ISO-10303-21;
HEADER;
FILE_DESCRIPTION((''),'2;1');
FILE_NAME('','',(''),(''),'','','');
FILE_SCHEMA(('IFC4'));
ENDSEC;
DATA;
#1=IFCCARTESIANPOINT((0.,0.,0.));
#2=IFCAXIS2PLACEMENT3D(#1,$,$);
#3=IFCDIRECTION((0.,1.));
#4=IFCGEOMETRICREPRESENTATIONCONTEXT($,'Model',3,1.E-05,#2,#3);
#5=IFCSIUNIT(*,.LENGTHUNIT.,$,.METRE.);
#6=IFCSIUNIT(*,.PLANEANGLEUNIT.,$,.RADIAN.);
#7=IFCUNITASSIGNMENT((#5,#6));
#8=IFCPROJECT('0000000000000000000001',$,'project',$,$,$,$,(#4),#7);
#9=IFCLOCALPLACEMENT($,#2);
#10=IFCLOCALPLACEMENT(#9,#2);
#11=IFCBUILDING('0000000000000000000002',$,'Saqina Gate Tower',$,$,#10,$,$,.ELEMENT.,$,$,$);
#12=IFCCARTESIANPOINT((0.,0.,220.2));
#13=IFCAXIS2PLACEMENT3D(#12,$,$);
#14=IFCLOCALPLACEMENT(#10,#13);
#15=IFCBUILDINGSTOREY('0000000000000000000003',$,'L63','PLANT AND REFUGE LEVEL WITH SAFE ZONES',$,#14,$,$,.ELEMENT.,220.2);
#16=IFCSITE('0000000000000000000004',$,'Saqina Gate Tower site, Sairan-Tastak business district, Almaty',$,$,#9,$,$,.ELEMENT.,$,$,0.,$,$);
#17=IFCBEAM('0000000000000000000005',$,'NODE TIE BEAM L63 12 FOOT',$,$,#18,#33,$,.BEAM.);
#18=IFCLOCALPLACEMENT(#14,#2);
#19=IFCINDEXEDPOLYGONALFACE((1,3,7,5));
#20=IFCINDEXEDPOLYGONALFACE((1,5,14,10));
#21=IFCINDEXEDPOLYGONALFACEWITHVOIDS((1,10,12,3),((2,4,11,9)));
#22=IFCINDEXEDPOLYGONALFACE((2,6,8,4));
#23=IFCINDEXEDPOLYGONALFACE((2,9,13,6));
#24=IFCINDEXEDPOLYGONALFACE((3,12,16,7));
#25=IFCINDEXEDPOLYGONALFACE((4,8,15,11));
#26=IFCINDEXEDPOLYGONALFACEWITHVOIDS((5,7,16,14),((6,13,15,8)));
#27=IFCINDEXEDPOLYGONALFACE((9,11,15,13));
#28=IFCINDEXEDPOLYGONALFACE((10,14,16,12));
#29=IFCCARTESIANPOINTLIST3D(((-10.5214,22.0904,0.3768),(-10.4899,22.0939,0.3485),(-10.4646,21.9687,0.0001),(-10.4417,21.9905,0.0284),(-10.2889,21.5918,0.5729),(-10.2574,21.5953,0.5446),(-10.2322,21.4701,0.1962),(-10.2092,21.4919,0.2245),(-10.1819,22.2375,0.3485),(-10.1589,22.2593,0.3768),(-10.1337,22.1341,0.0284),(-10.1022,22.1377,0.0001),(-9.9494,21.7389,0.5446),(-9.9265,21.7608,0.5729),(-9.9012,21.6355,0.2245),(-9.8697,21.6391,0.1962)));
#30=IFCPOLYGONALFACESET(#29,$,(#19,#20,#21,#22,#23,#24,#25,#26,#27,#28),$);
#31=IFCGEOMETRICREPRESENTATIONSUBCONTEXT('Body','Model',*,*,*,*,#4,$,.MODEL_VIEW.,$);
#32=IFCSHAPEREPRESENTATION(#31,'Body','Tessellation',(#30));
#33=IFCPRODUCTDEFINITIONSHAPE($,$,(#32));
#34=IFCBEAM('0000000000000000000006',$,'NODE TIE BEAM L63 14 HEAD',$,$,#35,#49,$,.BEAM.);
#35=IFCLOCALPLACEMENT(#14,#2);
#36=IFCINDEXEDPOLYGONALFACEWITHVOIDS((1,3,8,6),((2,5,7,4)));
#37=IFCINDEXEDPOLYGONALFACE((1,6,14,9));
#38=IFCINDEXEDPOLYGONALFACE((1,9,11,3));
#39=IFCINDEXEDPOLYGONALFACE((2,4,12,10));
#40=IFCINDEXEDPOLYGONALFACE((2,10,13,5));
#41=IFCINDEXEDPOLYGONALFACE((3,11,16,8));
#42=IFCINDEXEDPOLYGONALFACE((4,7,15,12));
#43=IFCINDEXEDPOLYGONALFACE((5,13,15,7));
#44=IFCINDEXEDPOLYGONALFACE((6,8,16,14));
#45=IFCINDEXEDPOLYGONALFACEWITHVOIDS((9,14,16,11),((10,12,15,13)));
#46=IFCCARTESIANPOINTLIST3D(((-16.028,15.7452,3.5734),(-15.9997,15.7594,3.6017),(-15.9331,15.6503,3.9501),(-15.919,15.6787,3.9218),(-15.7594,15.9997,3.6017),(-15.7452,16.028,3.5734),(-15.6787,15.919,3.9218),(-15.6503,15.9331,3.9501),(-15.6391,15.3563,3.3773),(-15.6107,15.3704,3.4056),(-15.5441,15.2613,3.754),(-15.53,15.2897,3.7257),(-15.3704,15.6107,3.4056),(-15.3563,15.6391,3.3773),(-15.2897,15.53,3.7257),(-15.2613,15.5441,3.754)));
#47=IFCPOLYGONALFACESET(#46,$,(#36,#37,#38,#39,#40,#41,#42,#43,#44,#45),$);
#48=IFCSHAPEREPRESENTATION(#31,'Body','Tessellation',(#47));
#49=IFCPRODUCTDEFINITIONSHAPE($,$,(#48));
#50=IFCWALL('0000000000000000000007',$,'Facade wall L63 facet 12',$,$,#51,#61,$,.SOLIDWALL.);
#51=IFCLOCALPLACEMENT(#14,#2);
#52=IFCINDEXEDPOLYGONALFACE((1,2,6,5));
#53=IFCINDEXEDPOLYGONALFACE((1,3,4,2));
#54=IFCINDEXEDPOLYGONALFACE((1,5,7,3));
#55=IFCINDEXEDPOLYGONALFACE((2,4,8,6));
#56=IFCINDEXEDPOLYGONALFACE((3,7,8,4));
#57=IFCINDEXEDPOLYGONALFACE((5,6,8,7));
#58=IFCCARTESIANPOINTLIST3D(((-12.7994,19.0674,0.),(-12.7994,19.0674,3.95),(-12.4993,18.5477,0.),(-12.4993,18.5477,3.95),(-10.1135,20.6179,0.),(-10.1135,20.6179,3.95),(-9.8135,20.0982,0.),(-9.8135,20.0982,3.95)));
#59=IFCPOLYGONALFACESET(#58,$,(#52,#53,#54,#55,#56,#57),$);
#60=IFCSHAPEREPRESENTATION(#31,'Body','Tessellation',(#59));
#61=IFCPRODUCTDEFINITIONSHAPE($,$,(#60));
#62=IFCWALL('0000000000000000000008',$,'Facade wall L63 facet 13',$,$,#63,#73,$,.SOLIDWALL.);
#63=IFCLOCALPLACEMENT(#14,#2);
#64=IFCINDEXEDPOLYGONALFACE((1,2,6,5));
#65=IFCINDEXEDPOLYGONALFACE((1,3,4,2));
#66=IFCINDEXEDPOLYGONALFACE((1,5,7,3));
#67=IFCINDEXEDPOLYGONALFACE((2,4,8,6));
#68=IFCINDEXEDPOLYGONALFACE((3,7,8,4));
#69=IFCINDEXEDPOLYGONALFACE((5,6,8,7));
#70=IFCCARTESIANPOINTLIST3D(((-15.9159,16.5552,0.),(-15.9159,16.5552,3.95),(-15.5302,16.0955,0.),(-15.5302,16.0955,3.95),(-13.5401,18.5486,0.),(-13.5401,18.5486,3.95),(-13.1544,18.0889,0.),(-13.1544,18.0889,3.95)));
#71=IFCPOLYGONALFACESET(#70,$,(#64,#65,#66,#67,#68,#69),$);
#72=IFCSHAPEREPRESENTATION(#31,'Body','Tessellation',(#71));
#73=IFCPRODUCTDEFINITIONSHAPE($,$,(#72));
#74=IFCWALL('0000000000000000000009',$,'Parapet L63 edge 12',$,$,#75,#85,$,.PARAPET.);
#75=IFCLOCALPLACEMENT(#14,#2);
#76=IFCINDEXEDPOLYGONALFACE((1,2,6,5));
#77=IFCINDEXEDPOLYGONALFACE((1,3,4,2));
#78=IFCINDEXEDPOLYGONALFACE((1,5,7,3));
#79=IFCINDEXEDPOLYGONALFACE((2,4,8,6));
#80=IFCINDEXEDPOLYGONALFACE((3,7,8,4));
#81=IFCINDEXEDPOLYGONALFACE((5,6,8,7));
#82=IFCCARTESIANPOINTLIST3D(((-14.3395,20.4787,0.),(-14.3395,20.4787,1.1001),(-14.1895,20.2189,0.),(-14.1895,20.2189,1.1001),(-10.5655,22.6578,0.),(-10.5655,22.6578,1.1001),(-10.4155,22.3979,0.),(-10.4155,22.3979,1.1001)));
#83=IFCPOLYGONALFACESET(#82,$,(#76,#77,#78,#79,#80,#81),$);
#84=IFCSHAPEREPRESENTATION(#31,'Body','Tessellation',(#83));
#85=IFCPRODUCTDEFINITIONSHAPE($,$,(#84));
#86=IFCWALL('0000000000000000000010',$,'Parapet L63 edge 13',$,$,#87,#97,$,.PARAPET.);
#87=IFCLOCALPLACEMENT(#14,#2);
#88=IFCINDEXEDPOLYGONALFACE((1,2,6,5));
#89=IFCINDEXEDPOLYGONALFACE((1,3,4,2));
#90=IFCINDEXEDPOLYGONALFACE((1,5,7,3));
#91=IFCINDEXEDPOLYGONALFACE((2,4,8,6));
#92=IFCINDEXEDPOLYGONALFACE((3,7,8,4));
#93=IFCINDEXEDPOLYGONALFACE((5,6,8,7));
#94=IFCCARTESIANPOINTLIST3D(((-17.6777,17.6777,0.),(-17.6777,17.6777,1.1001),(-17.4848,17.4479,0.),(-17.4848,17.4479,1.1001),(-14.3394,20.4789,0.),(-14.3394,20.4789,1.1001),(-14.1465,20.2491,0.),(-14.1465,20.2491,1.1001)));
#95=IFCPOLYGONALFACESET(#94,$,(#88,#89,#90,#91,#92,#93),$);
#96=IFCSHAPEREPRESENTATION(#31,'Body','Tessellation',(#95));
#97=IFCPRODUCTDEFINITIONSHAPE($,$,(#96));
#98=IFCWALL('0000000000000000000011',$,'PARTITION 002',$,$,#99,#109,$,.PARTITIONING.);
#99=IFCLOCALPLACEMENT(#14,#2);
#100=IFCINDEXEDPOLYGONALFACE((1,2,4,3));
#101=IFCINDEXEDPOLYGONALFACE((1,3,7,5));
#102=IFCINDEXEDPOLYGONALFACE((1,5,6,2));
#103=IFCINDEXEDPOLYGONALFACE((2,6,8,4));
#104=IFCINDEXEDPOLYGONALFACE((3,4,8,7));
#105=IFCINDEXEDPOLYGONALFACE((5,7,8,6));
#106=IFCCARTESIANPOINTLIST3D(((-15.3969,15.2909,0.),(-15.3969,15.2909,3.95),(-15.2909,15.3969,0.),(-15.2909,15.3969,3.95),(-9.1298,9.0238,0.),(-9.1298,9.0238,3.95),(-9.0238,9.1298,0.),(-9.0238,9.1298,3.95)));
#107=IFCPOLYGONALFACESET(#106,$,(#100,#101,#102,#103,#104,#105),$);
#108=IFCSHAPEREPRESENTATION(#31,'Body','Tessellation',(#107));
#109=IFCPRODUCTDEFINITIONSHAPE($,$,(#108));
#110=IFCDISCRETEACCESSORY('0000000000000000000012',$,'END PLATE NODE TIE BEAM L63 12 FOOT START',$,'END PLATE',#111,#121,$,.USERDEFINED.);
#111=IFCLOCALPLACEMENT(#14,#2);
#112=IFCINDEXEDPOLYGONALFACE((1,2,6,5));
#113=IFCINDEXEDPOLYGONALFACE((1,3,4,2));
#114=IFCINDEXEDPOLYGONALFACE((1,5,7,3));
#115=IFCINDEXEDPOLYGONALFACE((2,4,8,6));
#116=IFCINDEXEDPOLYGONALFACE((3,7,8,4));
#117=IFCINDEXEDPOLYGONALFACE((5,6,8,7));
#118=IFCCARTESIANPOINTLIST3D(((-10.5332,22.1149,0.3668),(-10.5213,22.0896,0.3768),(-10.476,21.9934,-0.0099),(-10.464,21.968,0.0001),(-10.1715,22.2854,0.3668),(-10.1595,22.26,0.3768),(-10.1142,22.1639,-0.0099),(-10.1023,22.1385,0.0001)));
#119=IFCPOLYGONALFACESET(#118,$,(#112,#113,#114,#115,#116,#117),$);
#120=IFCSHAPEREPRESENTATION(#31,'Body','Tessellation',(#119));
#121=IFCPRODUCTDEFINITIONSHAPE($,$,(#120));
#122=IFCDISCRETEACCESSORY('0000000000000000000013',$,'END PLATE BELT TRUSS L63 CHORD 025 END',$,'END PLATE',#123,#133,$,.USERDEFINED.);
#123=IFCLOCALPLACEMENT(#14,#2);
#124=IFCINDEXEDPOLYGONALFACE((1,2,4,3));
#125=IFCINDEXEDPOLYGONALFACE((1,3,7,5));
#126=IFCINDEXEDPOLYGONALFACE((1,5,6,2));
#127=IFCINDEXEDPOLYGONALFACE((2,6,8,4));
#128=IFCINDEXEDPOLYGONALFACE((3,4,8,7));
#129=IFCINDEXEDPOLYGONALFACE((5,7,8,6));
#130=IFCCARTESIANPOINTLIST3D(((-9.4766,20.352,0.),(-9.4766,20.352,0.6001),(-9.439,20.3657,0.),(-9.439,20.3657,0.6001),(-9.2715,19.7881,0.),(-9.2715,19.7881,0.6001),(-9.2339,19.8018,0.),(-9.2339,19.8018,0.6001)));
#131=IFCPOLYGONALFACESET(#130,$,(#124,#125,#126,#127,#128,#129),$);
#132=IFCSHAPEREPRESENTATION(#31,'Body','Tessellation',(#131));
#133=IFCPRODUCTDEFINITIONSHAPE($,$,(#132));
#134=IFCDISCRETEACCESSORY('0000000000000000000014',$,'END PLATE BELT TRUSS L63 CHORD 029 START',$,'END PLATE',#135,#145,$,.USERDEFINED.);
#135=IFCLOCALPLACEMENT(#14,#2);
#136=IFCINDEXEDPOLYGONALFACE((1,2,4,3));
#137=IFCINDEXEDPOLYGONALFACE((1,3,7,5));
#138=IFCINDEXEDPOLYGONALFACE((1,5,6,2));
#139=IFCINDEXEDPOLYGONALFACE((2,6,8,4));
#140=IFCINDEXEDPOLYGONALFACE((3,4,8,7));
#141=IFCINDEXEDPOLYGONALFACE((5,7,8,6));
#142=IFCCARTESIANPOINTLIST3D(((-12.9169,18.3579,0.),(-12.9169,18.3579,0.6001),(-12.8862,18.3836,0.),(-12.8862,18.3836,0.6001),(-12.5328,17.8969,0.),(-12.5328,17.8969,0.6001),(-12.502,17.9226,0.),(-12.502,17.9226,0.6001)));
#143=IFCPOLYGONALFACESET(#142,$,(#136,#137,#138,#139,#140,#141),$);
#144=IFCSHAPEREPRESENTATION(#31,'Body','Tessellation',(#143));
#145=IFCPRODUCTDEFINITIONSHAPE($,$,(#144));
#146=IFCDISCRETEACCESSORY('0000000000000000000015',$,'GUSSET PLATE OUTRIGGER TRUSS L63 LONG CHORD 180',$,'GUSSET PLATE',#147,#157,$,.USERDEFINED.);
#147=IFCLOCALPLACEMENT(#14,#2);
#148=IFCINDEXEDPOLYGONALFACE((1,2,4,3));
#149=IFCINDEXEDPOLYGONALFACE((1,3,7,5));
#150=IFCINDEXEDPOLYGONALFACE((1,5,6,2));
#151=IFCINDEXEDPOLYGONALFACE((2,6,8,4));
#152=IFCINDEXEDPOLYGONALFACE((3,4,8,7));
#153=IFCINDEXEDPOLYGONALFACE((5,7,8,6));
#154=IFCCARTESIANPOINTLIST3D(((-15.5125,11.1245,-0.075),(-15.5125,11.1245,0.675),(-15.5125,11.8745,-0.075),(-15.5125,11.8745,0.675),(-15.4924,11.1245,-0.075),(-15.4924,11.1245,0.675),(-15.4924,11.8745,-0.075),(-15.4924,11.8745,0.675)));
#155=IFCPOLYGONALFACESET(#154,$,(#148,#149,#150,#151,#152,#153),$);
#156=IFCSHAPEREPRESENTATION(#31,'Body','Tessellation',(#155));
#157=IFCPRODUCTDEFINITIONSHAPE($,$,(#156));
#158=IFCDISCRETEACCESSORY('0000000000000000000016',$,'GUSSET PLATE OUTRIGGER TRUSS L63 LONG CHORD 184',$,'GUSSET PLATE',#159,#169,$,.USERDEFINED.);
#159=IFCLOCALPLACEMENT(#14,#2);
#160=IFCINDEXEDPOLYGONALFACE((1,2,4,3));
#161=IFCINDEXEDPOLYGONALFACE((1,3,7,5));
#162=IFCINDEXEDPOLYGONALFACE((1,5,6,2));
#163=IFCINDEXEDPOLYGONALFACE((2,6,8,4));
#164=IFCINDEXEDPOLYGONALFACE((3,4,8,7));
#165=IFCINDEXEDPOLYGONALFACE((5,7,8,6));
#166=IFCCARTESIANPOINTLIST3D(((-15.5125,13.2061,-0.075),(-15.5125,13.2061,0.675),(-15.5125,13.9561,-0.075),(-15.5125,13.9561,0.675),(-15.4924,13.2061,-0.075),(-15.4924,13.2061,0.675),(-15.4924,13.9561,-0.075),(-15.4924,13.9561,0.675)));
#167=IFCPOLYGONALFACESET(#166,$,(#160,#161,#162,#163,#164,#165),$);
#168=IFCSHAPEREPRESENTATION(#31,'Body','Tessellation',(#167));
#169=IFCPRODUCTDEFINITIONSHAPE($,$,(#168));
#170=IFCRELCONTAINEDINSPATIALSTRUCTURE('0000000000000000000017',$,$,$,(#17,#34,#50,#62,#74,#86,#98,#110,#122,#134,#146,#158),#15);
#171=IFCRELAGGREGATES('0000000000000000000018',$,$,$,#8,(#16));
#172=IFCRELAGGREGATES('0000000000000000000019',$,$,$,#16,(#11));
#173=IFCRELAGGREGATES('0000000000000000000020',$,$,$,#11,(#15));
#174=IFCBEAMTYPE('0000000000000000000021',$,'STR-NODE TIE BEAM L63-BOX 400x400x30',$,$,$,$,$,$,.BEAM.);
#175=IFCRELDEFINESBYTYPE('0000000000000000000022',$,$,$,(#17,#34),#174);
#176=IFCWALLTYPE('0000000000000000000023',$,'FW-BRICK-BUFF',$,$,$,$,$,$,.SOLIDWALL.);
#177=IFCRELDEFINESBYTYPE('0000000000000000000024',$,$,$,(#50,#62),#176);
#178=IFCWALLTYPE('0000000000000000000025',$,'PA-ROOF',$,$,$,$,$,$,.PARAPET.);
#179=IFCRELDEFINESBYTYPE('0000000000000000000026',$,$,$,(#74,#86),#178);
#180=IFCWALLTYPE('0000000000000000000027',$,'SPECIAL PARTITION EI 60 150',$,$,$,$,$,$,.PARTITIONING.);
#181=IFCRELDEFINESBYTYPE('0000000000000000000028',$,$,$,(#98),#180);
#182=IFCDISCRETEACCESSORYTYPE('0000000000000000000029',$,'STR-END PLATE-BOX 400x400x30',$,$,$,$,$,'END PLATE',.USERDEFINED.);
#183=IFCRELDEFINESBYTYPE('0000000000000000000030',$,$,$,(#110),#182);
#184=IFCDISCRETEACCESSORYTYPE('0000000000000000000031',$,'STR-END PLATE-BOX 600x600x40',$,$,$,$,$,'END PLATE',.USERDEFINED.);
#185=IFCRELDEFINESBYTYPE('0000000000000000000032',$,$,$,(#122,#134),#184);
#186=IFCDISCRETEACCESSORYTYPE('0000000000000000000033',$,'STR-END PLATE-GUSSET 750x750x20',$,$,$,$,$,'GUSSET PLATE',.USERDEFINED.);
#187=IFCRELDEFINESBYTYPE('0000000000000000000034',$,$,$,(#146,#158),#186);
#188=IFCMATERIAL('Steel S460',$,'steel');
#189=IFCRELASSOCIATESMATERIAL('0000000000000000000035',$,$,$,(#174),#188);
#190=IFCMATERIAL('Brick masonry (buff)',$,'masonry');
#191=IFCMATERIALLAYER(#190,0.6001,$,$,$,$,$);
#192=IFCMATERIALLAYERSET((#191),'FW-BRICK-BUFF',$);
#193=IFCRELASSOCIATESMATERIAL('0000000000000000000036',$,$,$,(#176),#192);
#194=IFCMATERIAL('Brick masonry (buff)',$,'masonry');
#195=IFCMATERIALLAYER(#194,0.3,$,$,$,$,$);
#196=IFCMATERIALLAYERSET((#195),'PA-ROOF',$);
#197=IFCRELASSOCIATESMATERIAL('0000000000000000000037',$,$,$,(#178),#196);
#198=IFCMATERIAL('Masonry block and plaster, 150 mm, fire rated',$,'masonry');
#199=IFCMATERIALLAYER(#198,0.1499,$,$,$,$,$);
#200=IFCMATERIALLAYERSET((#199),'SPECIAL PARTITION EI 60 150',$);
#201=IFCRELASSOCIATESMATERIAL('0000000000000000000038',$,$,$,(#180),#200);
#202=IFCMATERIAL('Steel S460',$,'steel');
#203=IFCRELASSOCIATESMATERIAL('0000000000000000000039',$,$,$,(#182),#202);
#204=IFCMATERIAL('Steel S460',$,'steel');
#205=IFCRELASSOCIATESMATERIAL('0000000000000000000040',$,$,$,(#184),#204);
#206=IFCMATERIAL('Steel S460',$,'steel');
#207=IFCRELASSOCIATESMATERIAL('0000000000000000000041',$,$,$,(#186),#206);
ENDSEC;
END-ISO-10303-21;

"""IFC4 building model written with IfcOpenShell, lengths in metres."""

from ifc_helpers import new_model, si_unit, direction, frame, frame_2d, origin, origin_2d, place, context, subcontext, project, spatial, rectangle, hollow_rectangle, extrude, material, layer, layer_set, material_profile, profile_set, type_object, element, save


model = new_model("IFC4")

# Units and contexts
model_context = context("Model", 3, precision=1e-05, world=origin(), true_north=direction((0.0, 1.0)))
body_context = subcontext(model_context, "Body", "Model", "MODEL_VIEW")
ifc_project = project(units=[si_unit("LENGTHUNIT", "METRE"), si_unit("PLANEANGLEUNIT", "RADIAN")], contexts=[model_context])

# Site, building, storey
site_placement = place(None, origin())
site = spatial("IfcSite", under=ifc_project, at=site_placement, Name="Saqina Gate Tower site, Sairan-Tastak business district, Almaty", CompositionType="ELEMENT", RefElevation=0.0)
building_placement = place(site_placement, origin())
building = spatial("IfcBuilding", under=site, at=building_placement, Name="Saqina Gate Tower", CompositionType="ELEMENT")
storey_placement = place(building_placement, frame((0.0, 0.0, 220.2)))
storey = spatial("IfcBuildingStorey", under=building, at=storey_placement, Name="L63", Description="PLANT AND REFUGE LEVEL WITH SAFE ZONES", CompositionType="ELEMENT", Elevation=220.2)

# Beams
ifc_material_1 = material(Name="Steel S460", Category="steel")
ifc_material_profile_1 = material_profile(ifc_material_1, hollow_rectangle(XDim=0.3999, YDim=0.3999, WallThickness=0.03, at=origin_2d()), Name="BOX 400x400x30")
ifc_profile_set_1 = profile_set([ifc_material_profile_1], Name="Steel S460")
beam_type = type_object("IfcBeamType", Name="STR-NODE TIE BEAM L63-BOX 400x400x30", PredefinedType="BEAM", material=ifc_profile_set_1)
for number, where, z_axis, x_axis, name in (
    (1, (-10.3118, 22.114, 0.1885), (0.398021, -0.853738, 0.335725), (0.906342, 0.422545, 0.0), "NODE TIE BEAM L63 12 FOOT"),
    (2, (-15.4502, 15.4502, 3.5657), (-0.666061, 0.666061, 0.335748), (-0.707107, -0.707107, 0.0), "NODE TIE BEAM L63 14 HEAD"),
):
    element("IfcBeam", number, at=place(storey_placement, frame(where, z_axis=z_axis, x_axis=x_axis)), inside=storey, type_object=beam_type, Name=name, PredefinedType="BEAM", context=body_context, shape_type="SweptSolid", body=[
        extrude(hollow_rectangle(XDim=0.3999, YDim=0.3999, WallThickness=0.03, at=origin_2d()), origin(), (0.0, 0.0, 1.0), 0.584),
    ])

# Walls
ifc_material_2 = material(Name="Brick masonry (buff)", Category="masonry")
ifc_layer_1 = layer(ifc_material_2, 0.6001)
ifc_layer_set_1 = layer_set([ifc_layer_1], Name="FW-BRICK-BUFF")
wall_type_1 = type_object("IfcWallType", Name="FW-BRICK-BUFF", PredefinedType="SOLIDWALL", material=ifc_layer_set_1)
for number, where, z_axis, x_axis, name in (
    (3, (-9.9634, 20.3582, 0.0), (0.0, 0.0, 1.0), (-0.86604, -0.499975, 0.0), "Facade wall L63 facet 12"),
    (4, (-13.3472, 18.3188, 0.0), (0.0, 0.0, 1.0), (-0.766055, -0.642775, 0.0), "Facade wall L63 facet 13"),
):
    element("IfcWall", number, at=place(storey_placement, frame(where, z_axis=z_axis, x_axis=x_axis)), inside=storey, type_object=wall_type_1, Name=name, PredefinedType="SOLIDWALL", context=body_context, shape_type="SweptSolid", body=[
        extrude(rectangle(XDim=3.1013, YDim=0.6001, at=frame_2d((1.5508, 0.0))), origin(), (0.0, 0.0, 1.0), 3.95),
    ])
ifc_material_3 = material(Name="Brick masonry (buff)", Category="masonry")
ifc_layer_2 = layer(ifc_material_3, 0.3)
ifc_layer_set_2 = layer_set([ifc_layer_2], Name="PA-ROOF")
wall_type_2 = type_object("IfcWallType", Name="PA-ROOF", PredefinedType="PARAPET", material=ifc_layer_set_2)
for number, where, z_axis, x_axis, name in (
    (5, (-10.4905, 22.5278, 0.0), (0.0, 0.0, 1.0), (-0.866018, -0.500013, 0.0), "Parapet L63 edge 12"),
    (6, (-14.2429, 20.364, 0.0), (0.0, 0.0, 1.0), (-0.76604, -0.642793, 0.0), "Parapet L63 edge 13"),
):
    element("IfcWall", number, at=place(storey_placement, frame(where, z_axis=z_axis, x_axis=x_axis)), inside=storey, type_object=wall_type_2, Name=name, PredefinedType="PARAPET", context=body_context, shape_type="SweptSolid", body=[
        extrude(rectangle(XDim=4.3579, YDim=0.3, at=frame_2d((2.179, 0.0))), origin(), (0.0, 0.0, 1.0), 1.1001),
    ])
ifc_material_4 = material(Name="Masonry block and plaster, 150 mm, fire rated", Category="masonry")
ifc_layer_3 = layer(ifc_material_4, 0.1499)
ifc_layer_set_3 = layer_set([ifc_layer_3], Name="SPECIAL PARTITION EI 60 150")
wall_type_3 = type_object("IfcWallType", Name="SPECIAL PARTITION EI 60 150", PredefinedType="PARTITIONING", material=ifc_layer_set_3)
wall_placement = place(storey_placement, frame((-15.344, 15.344, 0.0), z_axis=(0.0, 0.0, 1.0), x_axis=(0.707107, -0.707107, 0.0)))
element("IfcWall", 7, at=wall_placement, inside=storey, type_object=wall_type_3, Name="PARTITION 002", PredefinedType="PARTITIONING", context=body_context, shape_type="SweptSolid", body=[
    extrude(rectangle(XDim=8.863, YDim=0.1499, at=frame_2d((4.4316, 0.0))), origin(), (0.0, 0.0, 1.0), 3.95),
])

# Discrete accessories
ifc_material_5 = material(Name="Steel S460", Category="steel")
ifc_material_profile_2 = material_profile(ifc_material_5, rectangle(XDim=0.3999, YDim=0.3999, at=origin_2d()), Name="STR-END PLATE-BOX 400x400x30")
ifc_profile_set_2 = profile_set([ifc_material_profile_2], Name="Steel S460")
discrete_accessory_type_1 = type_object("IfcDiscreteAccessoryType", Name="STR-END PLATE-BOX 400x400x30", ElementType="END PLATE", PredefinedType="USERDEFINED", material=ifc_profile_set_2)
discrete_accessory_placement = place(storey_placement, frame((-10.3118, 22.114, 0.1885), z_axis=(-0.401451, 0.852058, -0.335908), x_axis=(0.904621, 0.426216, 0.000001)))
element("IfcDiscreteAccessory", 8, at=discrete_accessory_placement, inside=storey, type_object=discrete_accessory_type_1, Name="END PLATE NODE TIE BEAM L63 12 FOOT START", ObjectType="END PLATE", PredefinedType="USERDEFINED", context=body_context, shape_type="SweptSolid", body=[
    extrude(rectangle(XDim=0.3999, YDim=0.3999, at=origin_2d()), origin(), (0.0, 0.0, 1.0), 0.0298),
])
ifc_material_6 = material(Name="Steel S460", Category="steel")
ifc_material_profile_3 = material_profile(ifc_material_6, rectangle(XDim=0.6001, YDim=0.6001, at=origin_2d()), Name="STR-END PLATE-BOX 600x600x40")
ifc_profile_set_3 = profile_set([ifc_material_profile_3], Name="Steel S460")
discrete_accessory_type_2 = type_object("IfcDiscreteAccessoryType", Name="STR-END PLATE-BOX 600x600x40", ElementType="END PLATE", PredefinedType="USERDEFINED", material=ifc_profile_set_3)
for number, where, z_axis, x_axis, name in (
    (9, (-9.3364, 20.0837, 0.3), (-0.939793, -0.341743, 0.0), (0.341743, -0.939793, 0.0), "END PLATE BELT TRUSS L63 CHORD 025 END"),
    (10, (-12.7249, 18.1274, 0.3), (0.768221, 0.640184, 0.0), (0.640184, -0.768221, 0.0), "END PLATE BELT TRUSS L63 CHORD 029 START"),
):
    element("IfcDiscreteAccessory", number, at=place(storey_placement, frame(where, z_axis=z_axis, x_axis=x_axis)), inside=storey, type_object=discrete_accessory_type_2, Name=name, ObjectType="END PLATE", PredefinedType="USERDEFINED", context=body_context, shape_type="SweptSolid", body=[
        extrude(rectangle(XDim=0.6001, YDim=0.6001, at=origin_2d()), origin(), (0.0, 0.0, 1.0), 0.04),
    ])
ifc_material_7 = material(Name="Steel S460", Category="steel")
ifc_material_profile_4 = material_profile(ifc_material_7, rectangle(XDim=0.75, YDim=0.75, at=origin_2d()), Name="STR-END PLATE-GUSSET 750x750x20")
ifc_profile_set_4 = profile_set([ifc_material_profile_4], Name="Steel S460")
discrete_accessory_type_3 = type_object("IfcDiscreteAccessoryType", Name="STR-END PLATE-GUSSET 750x750x20", ElementType="GUSSET PLATE", PredefinedType="USERDEFINED", material=ifc_profile_set_4)
for number, where, z_axis, x_axis, name in (
    (11, (-15.5125, 11.4995, 0.3), (1.0, 0.0, 0.0), (0.0, 1.0, 0.0), "GUSSET PLATE OUTRIGGER TRUSS L63 LONG CHORD 180"),
    (12, (-15.5125, 13.5811, 0.3), (1.0, 0.0, 0.0), (0.0, 1.0, 0.0), "GUSSET PLATE OUTRIGGER TRUSS L63 LONG CHORD 184"),
):
    element("IfcDiscreteAccessory", number, at=place(storey_placement, frame(where, z_axis=z_axis, x_axis=x_axis)), inside=storey, type_object=discrete_accessory_type_3, Name=name, ObjectType="GUSSET PLATE", PredefinedType="USERDEFINED", context=body_context, shape_type="SweptSolid", body=[
        extrude(rectangle(XDim=0.75, YDim=0.75, at=origin_2d()), origin(), (0.0, 0.0, 1.0), 0.02),
    ])

save(model, "model.ifc")
